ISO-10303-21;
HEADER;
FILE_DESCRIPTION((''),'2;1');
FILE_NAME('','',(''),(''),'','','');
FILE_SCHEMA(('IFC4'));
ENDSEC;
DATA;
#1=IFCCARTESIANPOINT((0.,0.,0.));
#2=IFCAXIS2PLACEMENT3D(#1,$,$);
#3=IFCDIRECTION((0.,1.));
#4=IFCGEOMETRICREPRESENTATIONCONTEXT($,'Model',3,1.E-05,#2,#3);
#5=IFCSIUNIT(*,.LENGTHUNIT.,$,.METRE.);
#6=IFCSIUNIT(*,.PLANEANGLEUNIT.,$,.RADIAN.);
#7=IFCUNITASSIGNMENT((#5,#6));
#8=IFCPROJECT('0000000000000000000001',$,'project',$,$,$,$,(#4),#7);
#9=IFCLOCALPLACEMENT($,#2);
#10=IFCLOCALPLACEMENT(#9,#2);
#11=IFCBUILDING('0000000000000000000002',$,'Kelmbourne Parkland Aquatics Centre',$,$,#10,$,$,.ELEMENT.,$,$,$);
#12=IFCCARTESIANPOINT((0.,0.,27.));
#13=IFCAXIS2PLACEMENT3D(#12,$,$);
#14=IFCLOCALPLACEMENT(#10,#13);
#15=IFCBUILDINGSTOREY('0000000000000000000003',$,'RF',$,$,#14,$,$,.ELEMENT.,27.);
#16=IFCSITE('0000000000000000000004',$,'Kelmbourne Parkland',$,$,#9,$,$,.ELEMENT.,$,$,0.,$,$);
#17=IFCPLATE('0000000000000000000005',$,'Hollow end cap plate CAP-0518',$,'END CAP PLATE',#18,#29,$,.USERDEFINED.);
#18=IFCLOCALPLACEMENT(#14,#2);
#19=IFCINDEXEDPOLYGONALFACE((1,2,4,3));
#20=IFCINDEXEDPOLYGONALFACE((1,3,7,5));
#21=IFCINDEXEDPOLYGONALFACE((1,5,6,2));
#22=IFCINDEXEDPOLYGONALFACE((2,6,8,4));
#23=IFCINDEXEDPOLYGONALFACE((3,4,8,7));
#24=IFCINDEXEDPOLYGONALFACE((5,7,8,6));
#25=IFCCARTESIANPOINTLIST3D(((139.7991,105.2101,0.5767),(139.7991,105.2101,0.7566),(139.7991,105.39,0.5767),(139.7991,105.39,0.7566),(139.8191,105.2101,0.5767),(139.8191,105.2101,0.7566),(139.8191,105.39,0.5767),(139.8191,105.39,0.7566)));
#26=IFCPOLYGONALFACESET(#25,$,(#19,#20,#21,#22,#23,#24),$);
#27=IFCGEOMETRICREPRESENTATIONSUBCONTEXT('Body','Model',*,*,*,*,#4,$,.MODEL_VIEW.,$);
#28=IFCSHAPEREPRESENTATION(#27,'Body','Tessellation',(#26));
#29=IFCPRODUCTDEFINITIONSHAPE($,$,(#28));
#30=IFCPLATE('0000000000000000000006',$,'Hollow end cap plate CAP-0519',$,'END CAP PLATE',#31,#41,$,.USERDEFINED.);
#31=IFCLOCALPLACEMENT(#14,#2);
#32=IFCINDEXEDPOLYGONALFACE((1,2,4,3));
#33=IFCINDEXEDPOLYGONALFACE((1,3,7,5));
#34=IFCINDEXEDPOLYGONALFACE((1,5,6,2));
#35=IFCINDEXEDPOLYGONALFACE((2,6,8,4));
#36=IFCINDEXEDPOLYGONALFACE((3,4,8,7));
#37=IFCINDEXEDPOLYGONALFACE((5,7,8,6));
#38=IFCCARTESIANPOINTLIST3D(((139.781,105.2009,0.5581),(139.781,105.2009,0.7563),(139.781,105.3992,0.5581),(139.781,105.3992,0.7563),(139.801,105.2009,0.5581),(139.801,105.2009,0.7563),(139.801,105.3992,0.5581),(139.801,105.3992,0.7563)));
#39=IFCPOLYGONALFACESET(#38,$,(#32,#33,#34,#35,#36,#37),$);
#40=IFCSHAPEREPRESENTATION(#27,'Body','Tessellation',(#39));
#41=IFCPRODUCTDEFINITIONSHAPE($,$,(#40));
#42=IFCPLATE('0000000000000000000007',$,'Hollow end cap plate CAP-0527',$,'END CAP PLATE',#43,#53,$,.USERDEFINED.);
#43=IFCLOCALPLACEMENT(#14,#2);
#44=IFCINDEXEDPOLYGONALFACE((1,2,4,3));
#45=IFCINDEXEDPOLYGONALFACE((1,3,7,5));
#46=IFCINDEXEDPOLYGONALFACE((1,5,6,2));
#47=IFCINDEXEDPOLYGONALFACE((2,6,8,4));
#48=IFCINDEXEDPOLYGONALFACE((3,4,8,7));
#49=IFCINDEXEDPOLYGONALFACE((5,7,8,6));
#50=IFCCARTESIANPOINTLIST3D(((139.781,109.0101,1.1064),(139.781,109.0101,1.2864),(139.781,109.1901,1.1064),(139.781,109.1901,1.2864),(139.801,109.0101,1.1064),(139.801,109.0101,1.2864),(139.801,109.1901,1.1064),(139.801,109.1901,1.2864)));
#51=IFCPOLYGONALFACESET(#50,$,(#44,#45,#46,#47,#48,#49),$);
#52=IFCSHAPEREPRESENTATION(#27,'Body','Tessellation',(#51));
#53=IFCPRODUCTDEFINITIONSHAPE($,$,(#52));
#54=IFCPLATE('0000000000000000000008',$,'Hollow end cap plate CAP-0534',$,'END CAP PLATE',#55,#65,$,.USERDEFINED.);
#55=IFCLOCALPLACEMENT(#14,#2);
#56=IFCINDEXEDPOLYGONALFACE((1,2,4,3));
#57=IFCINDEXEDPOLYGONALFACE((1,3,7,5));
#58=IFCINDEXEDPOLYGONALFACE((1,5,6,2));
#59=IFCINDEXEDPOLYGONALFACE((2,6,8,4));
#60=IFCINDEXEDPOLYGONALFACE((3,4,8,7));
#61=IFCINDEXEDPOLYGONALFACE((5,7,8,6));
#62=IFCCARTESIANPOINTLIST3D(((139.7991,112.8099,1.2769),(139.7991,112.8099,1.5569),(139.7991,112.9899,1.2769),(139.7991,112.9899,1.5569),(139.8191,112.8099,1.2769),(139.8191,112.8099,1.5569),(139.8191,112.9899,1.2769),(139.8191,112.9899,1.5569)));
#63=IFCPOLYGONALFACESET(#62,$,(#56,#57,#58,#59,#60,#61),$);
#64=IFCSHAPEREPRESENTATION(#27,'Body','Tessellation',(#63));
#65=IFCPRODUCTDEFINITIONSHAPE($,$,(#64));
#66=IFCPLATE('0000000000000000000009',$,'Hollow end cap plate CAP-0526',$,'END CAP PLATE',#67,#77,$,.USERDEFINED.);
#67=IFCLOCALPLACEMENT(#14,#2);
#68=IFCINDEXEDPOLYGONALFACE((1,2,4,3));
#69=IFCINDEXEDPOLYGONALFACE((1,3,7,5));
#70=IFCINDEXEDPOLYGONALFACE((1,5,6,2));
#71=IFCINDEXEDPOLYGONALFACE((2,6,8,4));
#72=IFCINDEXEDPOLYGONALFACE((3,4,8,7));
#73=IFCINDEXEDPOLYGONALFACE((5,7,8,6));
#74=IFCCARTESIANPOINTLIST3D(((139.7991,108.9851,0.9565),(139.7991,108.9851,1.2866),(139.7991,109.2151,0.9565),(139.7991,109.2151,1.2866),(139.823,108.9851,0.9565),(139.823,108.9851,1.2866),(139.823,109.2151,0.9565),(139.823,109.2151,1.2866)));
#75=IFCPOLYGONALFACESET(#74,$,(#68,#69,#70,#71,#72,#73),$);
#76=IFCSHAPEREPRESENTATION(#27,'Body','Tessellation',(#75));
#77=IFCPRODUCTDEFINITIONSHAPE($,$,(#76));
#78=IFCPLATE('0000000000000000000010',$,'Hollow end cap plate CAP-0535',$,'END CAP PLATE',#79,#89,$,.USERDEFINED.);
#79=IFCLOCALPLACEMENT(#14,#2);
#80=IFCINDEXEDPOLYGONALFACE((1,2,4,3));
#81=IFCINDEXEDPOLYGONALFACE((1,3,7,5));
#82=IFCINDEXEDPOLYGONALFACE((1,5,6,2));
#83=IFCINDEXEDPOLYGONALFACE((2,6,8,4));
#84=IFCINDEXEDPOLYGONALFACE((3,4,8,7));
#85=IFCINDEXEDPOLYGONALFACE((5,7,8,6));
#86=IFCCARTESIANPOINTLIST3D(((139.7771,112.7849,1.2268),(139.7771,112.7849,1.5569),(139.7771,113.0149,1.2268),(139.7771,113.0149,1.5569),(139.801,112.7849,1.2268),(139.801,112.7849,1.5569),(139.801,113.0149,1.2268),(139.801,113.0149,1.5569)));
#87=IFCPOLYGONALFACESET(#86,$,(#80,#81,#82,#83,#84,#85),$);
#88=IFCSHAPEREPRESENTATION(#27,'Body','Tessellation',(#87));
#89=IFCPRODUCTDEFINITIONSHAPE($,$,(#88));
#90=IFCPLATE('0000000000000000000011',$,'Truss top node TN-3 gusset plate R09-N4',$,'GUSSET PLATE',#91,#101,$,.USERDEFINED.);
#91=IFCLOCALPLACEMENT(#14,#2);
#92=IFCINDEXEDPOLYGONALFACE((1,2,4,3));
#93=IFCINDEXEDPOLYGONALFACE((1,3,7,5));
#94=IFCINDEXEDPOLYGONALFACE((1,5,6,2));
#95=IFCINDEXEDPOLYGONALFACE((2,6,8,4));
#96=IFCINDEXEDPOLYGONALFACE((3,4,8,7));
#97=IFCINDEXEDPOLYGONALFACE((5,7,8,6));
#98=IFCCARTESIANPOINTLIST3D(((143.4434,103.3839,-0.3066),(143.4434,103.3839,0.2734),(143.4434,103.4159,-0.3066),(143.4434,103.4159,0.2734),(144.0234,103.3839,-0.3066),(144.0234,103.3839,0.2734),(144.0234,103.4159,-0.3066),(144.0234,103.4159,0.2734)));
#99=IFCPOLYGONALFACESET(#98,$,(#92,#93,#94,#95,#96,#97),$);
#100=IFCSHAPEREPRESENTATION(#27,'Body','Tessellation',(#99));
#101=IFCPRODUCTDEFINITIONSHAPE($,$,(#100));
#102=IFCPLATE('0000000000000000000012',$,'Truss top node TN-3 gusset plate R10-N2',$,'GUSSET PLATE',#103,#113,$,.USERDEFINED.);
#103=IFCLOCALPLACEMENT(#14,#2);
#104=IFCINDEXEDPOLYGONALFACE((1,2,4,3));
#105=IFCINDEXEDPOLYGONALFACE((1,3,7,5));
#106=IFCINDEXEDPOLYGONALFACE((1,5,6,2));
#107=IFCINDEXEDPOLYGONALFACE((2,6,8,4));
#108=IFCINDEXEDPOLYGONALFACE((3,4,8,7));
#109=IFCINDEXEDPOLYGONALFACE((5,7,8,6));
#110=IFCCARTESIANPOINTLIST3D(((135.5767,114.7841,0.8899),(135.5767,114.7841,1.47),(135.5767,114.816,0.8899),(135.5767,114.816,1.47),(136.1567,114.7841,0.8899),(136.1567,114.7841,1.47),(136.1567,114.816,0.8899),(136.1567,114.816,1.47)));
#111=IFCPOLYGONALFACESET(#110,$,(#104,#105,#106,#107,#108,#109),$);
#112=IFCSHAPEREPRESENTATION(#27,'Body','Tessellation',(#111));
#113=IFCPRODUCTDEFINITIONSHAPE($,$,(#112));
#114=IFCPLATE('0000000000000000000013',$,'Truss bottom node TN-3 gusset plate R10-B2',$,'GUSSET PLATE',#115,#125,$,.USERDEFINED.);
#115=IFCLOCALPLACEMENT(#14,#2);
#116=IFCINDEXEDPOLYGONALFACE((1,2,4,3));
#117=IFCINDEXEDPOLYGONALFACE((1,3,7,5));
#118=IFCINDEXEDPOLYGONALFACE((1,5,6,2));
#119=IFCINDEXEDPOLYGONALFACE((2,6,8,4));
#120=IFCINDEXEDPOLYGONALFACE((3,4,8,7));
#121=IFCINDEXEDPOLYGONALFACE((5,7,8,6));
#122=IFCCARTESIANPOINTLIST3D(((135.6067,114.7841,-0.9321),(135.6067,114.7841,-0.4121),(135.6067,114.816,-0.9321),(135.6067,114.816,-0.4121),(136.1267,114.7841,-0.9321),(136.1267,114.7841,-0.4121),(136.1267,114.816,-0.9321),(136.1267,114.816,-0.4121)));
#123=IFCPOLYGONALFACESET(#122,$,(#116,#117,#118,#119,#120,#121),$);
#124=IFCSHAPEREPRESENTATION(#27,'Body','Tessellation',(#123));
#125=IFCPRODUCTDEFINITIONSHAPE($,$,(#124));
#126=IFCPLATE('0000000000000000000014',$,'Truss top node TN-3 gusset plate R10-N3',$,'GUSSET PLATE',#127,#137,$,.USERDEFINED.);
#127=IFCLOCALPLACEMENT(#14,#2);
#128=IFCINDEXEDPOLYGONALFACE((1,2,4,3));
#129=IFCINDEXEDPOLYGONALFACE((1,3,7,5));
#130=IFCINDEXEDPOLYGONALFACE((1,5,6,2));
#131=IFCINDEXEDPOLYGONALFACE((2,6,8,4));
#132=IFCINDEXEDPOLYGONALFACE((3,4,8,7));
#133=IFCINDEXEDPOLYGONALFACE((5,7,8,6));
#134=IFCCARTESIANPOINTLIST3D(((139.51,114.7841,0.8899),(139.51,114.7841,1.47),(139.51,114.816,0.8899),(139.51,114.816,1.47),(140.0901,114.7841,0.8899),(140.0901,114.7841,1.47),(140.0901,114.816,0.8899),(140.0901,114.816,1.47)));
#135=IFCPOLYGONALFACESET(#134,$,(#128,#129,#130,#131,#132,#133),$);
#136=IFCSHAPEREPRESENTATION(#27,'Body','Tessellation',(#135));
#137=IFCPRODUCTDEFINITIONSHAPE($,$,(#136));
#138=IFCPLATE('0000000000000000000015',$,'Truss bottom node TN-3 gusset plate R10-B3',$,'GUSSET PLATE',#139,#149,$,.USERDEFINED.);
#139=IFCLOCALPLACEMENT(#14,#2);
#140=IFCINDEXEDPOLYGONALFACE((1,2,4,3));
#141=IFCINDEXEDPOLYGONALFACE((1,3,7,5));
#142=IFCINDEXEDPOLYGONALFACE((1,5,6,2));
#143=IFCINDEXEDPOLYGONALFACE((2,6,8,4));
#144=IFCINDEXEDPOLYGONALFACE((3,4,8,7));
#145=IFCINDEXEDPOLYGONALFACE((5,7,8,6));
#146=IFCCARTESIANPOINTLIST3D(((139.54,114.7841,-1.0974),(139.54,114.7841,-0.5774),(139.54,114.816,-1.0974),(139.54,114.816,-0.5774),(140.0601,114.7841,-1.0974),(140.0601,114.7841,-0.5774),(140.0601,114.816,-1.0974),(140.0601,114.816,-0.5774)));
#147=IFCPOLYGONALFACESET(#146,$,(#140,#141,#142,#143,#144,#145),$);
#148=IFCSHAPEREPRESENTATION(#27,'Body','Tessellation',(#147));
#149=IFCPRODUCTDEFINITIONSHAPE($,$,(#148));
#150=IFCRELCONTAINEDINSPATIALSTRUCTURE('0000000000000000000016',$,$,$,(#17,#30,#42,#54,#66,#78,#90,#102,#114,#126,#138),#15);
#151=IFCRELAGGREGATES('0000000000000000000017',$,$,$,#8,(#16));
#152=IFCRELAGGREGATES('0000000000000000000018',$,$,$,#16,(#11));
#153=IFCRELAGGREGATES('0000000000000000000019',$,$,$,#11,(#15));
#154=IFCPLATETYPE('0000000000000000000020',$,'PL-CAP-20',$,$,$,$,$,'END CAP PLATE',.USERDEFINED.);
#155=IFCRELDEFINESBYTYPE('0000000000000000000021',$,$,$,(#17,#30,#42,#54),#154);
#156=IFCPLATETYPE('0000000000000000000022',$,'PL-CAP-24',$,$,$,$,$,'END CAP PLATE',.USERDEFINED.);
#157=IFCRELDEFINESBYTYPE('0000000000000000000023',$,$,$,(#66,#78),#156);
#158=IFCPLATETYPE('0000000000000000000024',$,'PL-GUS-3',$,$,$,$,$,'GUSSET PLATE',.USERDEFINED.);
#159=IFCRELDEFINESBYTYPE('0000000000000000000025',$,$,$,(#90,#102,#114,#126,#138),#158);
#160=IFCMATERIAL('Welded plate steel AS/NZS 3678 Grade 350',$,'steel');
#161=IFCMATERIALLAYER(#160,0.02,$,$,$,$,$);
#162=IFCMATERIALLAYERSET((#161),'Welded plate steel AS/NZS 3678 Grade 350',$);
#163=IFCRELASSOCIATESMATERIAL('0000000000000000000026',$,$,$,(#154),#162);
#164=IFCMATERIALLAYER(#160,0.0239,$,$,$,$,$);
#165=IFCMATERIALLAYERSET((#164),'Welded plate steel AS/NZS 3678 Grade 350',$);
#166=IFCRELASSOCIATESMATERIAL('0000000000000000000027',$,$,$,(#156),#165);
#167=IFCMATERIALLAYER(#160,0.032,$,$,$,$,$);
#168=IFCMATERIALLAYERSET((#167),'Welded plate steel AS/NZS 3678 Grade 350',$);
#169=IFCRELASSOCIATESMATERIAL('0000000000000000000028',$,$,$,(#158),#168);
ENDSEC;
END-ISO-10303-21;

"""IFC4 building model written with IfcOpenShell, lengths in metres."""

from ifc_helpers import new_model, si_unit, direction, frame, origin, origin_2d, place, context, subcontext, project, spatial, rectangle, extrude, material, layer, layer_set, type_object, element, save


model = new_model("IFC4")

# Units and contexts
model_context = context("Model", 3, precision=1e-05, world=origin(), true_north=direction((0.0, 1.0)))
body_context = subcontext(model_context, "Body", "Model", "MODEL_VIEW")
ifc_project = project(units=[si_unit("LENGTHUNIT", "METRE"), si_unit("PLANEANGLEUNIT", "RADIAN")], contexts=[model_context])

# Site, building, storey
site_placement = place(None, origin())
site = spatial("IfcSite", under=ifc_project, at=site_placement, Name="Kelmbourne Parkland", CompositionType="ELEMENT", RefElevation=0.0)
building_placement = place(site_placement, origin())
building = spatial("IfcBuilding", under=site, at=building_placement, Name="Kelmbourne Parkland Aquatics Centre", CompositionType="ELEMENT")
storey_placement = place(building_placement, frame((0.0, 0.0, 27.0)))
storey = spatial("IfcBuildingStorey", under=building, at=storey_placement, Name="RF", CompositionType="ELEMENT", Elevation=27.0)

# Shared definitions
ifc_material_1 = material(Name="Welded plate steel AS/NZS 3678 Grade 350", Category="steel")

# Plates
ifc_layer_1 = layer(ifc_material_1, 0.02)
ifc_layer_set_1 = layer_set([ifc_layer_1], Name="Welded plate steel AS/NZS 3678 Grade 350")
plate_type_1 = type_object("IfcPlateType", Name="PL-CAP-20", ElementType="END CAP PLATE", PredefinedType="USERDEFINED", material=ifc_layer_set_1)
plate_1_placement = place(storey_placement, frame((139.8091, 105.3, 0.5767), z_axis=(0.0, 0.0, 1.0), x_axis=(1.0, 0.0, 0.0)))
element("IfcPlate", 1, at=plate_1_placement, inside=storey, type_object=plate_type_1, Name="Hollow end cap plate CAP-0518", ObjectType="END CAP PLATE", PredefinedType="USERDEFINED", context=body_context, shape_type="SweptSolid", body=[
    extrude(rectangle(XDim=0.02, YDim=0.1799, at=origin_2d()), origin(), (0.0, 0.0, 1.0), 0.1799),
])
plate_2_placement = place(storey_placement, frame((139.791, 105.3, 0.5581), z_axis=(0.0, 0.0, 1.0), x_axis=(-1.0, 0.0, 0.0)))
element("IfcPlate", 2, at=plate_2_placement, inside=storey, type_object=plate_type_1, Name="Hollow end cap plate CAP-0519", ObjectType="END CAP PLATE", PredefinedType="USERDEFINED", context=body_context, shape_type="SweptSolid", body=[
    extrude(rectangle(XDim=0.02, YDim=0.1982, at=origin_2d()), origin(), (0.0, 0.0, 1.0), 0.1982),
])
plate_3_placement = place(storey_placement, frame((139.791, 109.1001, 1.1064), z_axis=(0.0, 0.0, 1.0), x_axis=(-1.0, 0.0, 0.0)))
element("IfcPlate", 3, at=plate_3_placement, inside=storey, type_object=plate_type_1, Name="Hollow end cap plate CAP-0527", ObjectType="END CAP PLATE", PredefinedType="USERDEFINED", context=body_context, shape_type="SweptSolid", body=[
    extrude(rectangle(XDim=0.02, YDim=0.1799, at=origin_2d()), origin(), (0.0, 0.0, 1.0), 0.1799),
])
plate_4_placement = place(storey_placement, frame((139.8091, 112.8999, 1.2769), z_axis=(0.0, 0.0, 1.0), x_axis=(1.0, 0.0, 0.0)))
element("IfcPlate", 4, at=plate_4_placement, inside=storey, type_object=plate_type_1, Name="Hollow end cap plate CAP-0534", ObjectType="END CAP PLATE", PredefinedType="USERDEFINED", context=body_context, shape_type="SweptSolid", body=[
    extrude(rectangle(XDim=0.02, YDim=0.1799, at=origin_2d()), origin(), (0.0, 0.0, 1.0), 0.28),
])
ifc_layer_2 = layer(ifc_material_1, 0.0239)
ifc_layer_set_2 = layer_set([ifc_layer_2], Name="Welded plate steel AS/NZS 3678 Grade 350")
plate_type_2 = type_object("IfcPlateType", Name="PL-CAP-24", ElementType="END CAP PLATE", PredefinedType="USERDEFINED", material=ifc_layer_set_2)
for number, where, z_axis, x_axis, name in (
    (5, (139.811, 109.1001, 0.9565), (0.0, 0.0, 1.0), (1.0, 0.0, 0.0), "Hollow end cap plate CAP-0526"),
    (6, (139.7891, 112.8999, 1.2268), (0.0, 0.0, 1.0), (-1.0, 0.0, 0.0), "Hollow end cap plate CAP-0535"),
):
    element("IfcPlate", number, at=place(storey_placement, frame(where, z_axis=z_axis, x_axis=x_axis)), inside=storey, type_object=plate_type_2, Name=name, ObjectType="END CAP PLATE", PredefinedType="USERDEFINED", context=body_context, shape_type="SweptSolid", body=[
        extrude(rectangle(XDim=0.0239, YDim=0.23, at=origin_2d()), origin(), (0.0, 0.0, 1.0), 0.3301),
    ])
ifc_layer_3 = layer(ifc_material_1, 0.032)
ifc_layer_set_3 = layer_set([ifc_layer_3], Name="Welded plate steel AS/NZS 3678 Grade 350")
plate_type_3 = type_object("IfcPlateType", Name="PL-GUS-3", ElementType="GUSSET PLATE", PredefinedType="USERDEFINED", material=ifc_layer_set_3)
for number, where, z_axis, x_axis, name in (
    (7, (143.7334, 103.3999, -0.3066), (0.0, 0.0, 1.0), (1.0, 0.0, 0.0), "Truss top node TN-3 gusset plate R09-N4"),
    (8, (135.8667, 114.8, 0.8899), (0.0, 0.0, 1.0), (1.0, 0.0, 0.0), "Truss top node TN-3 gusset plate R10-N2"),
):
    element("IfcPlate", number, at=place(storey_placement, frame(where, z_axis=z_axis, x_axis=x_axis)), inside=storey, type_object=plate_type_3, Name=name, ObjectType="GUSSET PLATE", PredefinedType="USERDEFINED", context=body_context, shape_type="SweptSolid", body=[
        extrude(rectangle(XDim=0.5801, YDim=0.032, at=origin_2d()), origin(), (0.0, 0.0, 1.0), 0.5801),
    ])
plate_5_placement = place(storey_placement, frame((135.8667, 114.8, -0.9321), z_axis=(0.0, 0.0, 1.0), x_axis=(1.0, 0.0, 0.0)))
element("IfcPlate", 9, at=plate_5_placement, inside=storey, type_object=plate_type_3, Name="Truss bottom node TN-3 gusset plate R10-B2", ObjectType="GUSSET PLATE", PredefinedType="USERDEFINED", context=body_context, shape_type="SweptSolid", body=[
    extrude(rectangle(XDim=0.52, YDim=0.032, at=origin_2d()), origin(), (0.0, 0.0, 1.0), 0.52),
])
plate_6_placement = place(storey_placement, frame((139.8, 114.8, 0.8899), z_axis=(0.0, 0.0, 1.0), x_axis=(1.0, 0.0, 0.0)))
element("IfcPlate", 10, at=plate_6_placement, inside=storey, type_object=plate_type_3, Name="Truss top node TN-3 gusset plate R10-N3", ObjectType="GUSSET PLATE", PredefinedType="USERDEFINED", context=body_context, shape_type="SweptSolid", body=[
    extrude(rectangle(XDim=0.5801, YDim=0.032, at=origin_2d()), origin(), (0.0, 0.0, 1.0), 0.5801),
])
plate_7_placement = place(storey_placement, frame((139.8, 114.8, -1.0974), z_axis=(0.0, 0.0, 1.0), x_axis=(1.0, 0.0, 0.0)))
element("IfcPlate", 11, at=plate_7_placement, inside=storey, type_object=plate_type_3, Name="Truss bottom node TN-3 gusset plate R10-B3", ObjectType="GUSSET PLATE", PredefinedType="USERDEFINED", context=body_context, shape_type="SweptSolid", body=[
    extrude(rectangle(XDim=0.52, YDim=0.032, at=origin_2d()), origin(), (0.0, 0.0, 1.0), 0.52),
])

save(model, "model.ifc")
